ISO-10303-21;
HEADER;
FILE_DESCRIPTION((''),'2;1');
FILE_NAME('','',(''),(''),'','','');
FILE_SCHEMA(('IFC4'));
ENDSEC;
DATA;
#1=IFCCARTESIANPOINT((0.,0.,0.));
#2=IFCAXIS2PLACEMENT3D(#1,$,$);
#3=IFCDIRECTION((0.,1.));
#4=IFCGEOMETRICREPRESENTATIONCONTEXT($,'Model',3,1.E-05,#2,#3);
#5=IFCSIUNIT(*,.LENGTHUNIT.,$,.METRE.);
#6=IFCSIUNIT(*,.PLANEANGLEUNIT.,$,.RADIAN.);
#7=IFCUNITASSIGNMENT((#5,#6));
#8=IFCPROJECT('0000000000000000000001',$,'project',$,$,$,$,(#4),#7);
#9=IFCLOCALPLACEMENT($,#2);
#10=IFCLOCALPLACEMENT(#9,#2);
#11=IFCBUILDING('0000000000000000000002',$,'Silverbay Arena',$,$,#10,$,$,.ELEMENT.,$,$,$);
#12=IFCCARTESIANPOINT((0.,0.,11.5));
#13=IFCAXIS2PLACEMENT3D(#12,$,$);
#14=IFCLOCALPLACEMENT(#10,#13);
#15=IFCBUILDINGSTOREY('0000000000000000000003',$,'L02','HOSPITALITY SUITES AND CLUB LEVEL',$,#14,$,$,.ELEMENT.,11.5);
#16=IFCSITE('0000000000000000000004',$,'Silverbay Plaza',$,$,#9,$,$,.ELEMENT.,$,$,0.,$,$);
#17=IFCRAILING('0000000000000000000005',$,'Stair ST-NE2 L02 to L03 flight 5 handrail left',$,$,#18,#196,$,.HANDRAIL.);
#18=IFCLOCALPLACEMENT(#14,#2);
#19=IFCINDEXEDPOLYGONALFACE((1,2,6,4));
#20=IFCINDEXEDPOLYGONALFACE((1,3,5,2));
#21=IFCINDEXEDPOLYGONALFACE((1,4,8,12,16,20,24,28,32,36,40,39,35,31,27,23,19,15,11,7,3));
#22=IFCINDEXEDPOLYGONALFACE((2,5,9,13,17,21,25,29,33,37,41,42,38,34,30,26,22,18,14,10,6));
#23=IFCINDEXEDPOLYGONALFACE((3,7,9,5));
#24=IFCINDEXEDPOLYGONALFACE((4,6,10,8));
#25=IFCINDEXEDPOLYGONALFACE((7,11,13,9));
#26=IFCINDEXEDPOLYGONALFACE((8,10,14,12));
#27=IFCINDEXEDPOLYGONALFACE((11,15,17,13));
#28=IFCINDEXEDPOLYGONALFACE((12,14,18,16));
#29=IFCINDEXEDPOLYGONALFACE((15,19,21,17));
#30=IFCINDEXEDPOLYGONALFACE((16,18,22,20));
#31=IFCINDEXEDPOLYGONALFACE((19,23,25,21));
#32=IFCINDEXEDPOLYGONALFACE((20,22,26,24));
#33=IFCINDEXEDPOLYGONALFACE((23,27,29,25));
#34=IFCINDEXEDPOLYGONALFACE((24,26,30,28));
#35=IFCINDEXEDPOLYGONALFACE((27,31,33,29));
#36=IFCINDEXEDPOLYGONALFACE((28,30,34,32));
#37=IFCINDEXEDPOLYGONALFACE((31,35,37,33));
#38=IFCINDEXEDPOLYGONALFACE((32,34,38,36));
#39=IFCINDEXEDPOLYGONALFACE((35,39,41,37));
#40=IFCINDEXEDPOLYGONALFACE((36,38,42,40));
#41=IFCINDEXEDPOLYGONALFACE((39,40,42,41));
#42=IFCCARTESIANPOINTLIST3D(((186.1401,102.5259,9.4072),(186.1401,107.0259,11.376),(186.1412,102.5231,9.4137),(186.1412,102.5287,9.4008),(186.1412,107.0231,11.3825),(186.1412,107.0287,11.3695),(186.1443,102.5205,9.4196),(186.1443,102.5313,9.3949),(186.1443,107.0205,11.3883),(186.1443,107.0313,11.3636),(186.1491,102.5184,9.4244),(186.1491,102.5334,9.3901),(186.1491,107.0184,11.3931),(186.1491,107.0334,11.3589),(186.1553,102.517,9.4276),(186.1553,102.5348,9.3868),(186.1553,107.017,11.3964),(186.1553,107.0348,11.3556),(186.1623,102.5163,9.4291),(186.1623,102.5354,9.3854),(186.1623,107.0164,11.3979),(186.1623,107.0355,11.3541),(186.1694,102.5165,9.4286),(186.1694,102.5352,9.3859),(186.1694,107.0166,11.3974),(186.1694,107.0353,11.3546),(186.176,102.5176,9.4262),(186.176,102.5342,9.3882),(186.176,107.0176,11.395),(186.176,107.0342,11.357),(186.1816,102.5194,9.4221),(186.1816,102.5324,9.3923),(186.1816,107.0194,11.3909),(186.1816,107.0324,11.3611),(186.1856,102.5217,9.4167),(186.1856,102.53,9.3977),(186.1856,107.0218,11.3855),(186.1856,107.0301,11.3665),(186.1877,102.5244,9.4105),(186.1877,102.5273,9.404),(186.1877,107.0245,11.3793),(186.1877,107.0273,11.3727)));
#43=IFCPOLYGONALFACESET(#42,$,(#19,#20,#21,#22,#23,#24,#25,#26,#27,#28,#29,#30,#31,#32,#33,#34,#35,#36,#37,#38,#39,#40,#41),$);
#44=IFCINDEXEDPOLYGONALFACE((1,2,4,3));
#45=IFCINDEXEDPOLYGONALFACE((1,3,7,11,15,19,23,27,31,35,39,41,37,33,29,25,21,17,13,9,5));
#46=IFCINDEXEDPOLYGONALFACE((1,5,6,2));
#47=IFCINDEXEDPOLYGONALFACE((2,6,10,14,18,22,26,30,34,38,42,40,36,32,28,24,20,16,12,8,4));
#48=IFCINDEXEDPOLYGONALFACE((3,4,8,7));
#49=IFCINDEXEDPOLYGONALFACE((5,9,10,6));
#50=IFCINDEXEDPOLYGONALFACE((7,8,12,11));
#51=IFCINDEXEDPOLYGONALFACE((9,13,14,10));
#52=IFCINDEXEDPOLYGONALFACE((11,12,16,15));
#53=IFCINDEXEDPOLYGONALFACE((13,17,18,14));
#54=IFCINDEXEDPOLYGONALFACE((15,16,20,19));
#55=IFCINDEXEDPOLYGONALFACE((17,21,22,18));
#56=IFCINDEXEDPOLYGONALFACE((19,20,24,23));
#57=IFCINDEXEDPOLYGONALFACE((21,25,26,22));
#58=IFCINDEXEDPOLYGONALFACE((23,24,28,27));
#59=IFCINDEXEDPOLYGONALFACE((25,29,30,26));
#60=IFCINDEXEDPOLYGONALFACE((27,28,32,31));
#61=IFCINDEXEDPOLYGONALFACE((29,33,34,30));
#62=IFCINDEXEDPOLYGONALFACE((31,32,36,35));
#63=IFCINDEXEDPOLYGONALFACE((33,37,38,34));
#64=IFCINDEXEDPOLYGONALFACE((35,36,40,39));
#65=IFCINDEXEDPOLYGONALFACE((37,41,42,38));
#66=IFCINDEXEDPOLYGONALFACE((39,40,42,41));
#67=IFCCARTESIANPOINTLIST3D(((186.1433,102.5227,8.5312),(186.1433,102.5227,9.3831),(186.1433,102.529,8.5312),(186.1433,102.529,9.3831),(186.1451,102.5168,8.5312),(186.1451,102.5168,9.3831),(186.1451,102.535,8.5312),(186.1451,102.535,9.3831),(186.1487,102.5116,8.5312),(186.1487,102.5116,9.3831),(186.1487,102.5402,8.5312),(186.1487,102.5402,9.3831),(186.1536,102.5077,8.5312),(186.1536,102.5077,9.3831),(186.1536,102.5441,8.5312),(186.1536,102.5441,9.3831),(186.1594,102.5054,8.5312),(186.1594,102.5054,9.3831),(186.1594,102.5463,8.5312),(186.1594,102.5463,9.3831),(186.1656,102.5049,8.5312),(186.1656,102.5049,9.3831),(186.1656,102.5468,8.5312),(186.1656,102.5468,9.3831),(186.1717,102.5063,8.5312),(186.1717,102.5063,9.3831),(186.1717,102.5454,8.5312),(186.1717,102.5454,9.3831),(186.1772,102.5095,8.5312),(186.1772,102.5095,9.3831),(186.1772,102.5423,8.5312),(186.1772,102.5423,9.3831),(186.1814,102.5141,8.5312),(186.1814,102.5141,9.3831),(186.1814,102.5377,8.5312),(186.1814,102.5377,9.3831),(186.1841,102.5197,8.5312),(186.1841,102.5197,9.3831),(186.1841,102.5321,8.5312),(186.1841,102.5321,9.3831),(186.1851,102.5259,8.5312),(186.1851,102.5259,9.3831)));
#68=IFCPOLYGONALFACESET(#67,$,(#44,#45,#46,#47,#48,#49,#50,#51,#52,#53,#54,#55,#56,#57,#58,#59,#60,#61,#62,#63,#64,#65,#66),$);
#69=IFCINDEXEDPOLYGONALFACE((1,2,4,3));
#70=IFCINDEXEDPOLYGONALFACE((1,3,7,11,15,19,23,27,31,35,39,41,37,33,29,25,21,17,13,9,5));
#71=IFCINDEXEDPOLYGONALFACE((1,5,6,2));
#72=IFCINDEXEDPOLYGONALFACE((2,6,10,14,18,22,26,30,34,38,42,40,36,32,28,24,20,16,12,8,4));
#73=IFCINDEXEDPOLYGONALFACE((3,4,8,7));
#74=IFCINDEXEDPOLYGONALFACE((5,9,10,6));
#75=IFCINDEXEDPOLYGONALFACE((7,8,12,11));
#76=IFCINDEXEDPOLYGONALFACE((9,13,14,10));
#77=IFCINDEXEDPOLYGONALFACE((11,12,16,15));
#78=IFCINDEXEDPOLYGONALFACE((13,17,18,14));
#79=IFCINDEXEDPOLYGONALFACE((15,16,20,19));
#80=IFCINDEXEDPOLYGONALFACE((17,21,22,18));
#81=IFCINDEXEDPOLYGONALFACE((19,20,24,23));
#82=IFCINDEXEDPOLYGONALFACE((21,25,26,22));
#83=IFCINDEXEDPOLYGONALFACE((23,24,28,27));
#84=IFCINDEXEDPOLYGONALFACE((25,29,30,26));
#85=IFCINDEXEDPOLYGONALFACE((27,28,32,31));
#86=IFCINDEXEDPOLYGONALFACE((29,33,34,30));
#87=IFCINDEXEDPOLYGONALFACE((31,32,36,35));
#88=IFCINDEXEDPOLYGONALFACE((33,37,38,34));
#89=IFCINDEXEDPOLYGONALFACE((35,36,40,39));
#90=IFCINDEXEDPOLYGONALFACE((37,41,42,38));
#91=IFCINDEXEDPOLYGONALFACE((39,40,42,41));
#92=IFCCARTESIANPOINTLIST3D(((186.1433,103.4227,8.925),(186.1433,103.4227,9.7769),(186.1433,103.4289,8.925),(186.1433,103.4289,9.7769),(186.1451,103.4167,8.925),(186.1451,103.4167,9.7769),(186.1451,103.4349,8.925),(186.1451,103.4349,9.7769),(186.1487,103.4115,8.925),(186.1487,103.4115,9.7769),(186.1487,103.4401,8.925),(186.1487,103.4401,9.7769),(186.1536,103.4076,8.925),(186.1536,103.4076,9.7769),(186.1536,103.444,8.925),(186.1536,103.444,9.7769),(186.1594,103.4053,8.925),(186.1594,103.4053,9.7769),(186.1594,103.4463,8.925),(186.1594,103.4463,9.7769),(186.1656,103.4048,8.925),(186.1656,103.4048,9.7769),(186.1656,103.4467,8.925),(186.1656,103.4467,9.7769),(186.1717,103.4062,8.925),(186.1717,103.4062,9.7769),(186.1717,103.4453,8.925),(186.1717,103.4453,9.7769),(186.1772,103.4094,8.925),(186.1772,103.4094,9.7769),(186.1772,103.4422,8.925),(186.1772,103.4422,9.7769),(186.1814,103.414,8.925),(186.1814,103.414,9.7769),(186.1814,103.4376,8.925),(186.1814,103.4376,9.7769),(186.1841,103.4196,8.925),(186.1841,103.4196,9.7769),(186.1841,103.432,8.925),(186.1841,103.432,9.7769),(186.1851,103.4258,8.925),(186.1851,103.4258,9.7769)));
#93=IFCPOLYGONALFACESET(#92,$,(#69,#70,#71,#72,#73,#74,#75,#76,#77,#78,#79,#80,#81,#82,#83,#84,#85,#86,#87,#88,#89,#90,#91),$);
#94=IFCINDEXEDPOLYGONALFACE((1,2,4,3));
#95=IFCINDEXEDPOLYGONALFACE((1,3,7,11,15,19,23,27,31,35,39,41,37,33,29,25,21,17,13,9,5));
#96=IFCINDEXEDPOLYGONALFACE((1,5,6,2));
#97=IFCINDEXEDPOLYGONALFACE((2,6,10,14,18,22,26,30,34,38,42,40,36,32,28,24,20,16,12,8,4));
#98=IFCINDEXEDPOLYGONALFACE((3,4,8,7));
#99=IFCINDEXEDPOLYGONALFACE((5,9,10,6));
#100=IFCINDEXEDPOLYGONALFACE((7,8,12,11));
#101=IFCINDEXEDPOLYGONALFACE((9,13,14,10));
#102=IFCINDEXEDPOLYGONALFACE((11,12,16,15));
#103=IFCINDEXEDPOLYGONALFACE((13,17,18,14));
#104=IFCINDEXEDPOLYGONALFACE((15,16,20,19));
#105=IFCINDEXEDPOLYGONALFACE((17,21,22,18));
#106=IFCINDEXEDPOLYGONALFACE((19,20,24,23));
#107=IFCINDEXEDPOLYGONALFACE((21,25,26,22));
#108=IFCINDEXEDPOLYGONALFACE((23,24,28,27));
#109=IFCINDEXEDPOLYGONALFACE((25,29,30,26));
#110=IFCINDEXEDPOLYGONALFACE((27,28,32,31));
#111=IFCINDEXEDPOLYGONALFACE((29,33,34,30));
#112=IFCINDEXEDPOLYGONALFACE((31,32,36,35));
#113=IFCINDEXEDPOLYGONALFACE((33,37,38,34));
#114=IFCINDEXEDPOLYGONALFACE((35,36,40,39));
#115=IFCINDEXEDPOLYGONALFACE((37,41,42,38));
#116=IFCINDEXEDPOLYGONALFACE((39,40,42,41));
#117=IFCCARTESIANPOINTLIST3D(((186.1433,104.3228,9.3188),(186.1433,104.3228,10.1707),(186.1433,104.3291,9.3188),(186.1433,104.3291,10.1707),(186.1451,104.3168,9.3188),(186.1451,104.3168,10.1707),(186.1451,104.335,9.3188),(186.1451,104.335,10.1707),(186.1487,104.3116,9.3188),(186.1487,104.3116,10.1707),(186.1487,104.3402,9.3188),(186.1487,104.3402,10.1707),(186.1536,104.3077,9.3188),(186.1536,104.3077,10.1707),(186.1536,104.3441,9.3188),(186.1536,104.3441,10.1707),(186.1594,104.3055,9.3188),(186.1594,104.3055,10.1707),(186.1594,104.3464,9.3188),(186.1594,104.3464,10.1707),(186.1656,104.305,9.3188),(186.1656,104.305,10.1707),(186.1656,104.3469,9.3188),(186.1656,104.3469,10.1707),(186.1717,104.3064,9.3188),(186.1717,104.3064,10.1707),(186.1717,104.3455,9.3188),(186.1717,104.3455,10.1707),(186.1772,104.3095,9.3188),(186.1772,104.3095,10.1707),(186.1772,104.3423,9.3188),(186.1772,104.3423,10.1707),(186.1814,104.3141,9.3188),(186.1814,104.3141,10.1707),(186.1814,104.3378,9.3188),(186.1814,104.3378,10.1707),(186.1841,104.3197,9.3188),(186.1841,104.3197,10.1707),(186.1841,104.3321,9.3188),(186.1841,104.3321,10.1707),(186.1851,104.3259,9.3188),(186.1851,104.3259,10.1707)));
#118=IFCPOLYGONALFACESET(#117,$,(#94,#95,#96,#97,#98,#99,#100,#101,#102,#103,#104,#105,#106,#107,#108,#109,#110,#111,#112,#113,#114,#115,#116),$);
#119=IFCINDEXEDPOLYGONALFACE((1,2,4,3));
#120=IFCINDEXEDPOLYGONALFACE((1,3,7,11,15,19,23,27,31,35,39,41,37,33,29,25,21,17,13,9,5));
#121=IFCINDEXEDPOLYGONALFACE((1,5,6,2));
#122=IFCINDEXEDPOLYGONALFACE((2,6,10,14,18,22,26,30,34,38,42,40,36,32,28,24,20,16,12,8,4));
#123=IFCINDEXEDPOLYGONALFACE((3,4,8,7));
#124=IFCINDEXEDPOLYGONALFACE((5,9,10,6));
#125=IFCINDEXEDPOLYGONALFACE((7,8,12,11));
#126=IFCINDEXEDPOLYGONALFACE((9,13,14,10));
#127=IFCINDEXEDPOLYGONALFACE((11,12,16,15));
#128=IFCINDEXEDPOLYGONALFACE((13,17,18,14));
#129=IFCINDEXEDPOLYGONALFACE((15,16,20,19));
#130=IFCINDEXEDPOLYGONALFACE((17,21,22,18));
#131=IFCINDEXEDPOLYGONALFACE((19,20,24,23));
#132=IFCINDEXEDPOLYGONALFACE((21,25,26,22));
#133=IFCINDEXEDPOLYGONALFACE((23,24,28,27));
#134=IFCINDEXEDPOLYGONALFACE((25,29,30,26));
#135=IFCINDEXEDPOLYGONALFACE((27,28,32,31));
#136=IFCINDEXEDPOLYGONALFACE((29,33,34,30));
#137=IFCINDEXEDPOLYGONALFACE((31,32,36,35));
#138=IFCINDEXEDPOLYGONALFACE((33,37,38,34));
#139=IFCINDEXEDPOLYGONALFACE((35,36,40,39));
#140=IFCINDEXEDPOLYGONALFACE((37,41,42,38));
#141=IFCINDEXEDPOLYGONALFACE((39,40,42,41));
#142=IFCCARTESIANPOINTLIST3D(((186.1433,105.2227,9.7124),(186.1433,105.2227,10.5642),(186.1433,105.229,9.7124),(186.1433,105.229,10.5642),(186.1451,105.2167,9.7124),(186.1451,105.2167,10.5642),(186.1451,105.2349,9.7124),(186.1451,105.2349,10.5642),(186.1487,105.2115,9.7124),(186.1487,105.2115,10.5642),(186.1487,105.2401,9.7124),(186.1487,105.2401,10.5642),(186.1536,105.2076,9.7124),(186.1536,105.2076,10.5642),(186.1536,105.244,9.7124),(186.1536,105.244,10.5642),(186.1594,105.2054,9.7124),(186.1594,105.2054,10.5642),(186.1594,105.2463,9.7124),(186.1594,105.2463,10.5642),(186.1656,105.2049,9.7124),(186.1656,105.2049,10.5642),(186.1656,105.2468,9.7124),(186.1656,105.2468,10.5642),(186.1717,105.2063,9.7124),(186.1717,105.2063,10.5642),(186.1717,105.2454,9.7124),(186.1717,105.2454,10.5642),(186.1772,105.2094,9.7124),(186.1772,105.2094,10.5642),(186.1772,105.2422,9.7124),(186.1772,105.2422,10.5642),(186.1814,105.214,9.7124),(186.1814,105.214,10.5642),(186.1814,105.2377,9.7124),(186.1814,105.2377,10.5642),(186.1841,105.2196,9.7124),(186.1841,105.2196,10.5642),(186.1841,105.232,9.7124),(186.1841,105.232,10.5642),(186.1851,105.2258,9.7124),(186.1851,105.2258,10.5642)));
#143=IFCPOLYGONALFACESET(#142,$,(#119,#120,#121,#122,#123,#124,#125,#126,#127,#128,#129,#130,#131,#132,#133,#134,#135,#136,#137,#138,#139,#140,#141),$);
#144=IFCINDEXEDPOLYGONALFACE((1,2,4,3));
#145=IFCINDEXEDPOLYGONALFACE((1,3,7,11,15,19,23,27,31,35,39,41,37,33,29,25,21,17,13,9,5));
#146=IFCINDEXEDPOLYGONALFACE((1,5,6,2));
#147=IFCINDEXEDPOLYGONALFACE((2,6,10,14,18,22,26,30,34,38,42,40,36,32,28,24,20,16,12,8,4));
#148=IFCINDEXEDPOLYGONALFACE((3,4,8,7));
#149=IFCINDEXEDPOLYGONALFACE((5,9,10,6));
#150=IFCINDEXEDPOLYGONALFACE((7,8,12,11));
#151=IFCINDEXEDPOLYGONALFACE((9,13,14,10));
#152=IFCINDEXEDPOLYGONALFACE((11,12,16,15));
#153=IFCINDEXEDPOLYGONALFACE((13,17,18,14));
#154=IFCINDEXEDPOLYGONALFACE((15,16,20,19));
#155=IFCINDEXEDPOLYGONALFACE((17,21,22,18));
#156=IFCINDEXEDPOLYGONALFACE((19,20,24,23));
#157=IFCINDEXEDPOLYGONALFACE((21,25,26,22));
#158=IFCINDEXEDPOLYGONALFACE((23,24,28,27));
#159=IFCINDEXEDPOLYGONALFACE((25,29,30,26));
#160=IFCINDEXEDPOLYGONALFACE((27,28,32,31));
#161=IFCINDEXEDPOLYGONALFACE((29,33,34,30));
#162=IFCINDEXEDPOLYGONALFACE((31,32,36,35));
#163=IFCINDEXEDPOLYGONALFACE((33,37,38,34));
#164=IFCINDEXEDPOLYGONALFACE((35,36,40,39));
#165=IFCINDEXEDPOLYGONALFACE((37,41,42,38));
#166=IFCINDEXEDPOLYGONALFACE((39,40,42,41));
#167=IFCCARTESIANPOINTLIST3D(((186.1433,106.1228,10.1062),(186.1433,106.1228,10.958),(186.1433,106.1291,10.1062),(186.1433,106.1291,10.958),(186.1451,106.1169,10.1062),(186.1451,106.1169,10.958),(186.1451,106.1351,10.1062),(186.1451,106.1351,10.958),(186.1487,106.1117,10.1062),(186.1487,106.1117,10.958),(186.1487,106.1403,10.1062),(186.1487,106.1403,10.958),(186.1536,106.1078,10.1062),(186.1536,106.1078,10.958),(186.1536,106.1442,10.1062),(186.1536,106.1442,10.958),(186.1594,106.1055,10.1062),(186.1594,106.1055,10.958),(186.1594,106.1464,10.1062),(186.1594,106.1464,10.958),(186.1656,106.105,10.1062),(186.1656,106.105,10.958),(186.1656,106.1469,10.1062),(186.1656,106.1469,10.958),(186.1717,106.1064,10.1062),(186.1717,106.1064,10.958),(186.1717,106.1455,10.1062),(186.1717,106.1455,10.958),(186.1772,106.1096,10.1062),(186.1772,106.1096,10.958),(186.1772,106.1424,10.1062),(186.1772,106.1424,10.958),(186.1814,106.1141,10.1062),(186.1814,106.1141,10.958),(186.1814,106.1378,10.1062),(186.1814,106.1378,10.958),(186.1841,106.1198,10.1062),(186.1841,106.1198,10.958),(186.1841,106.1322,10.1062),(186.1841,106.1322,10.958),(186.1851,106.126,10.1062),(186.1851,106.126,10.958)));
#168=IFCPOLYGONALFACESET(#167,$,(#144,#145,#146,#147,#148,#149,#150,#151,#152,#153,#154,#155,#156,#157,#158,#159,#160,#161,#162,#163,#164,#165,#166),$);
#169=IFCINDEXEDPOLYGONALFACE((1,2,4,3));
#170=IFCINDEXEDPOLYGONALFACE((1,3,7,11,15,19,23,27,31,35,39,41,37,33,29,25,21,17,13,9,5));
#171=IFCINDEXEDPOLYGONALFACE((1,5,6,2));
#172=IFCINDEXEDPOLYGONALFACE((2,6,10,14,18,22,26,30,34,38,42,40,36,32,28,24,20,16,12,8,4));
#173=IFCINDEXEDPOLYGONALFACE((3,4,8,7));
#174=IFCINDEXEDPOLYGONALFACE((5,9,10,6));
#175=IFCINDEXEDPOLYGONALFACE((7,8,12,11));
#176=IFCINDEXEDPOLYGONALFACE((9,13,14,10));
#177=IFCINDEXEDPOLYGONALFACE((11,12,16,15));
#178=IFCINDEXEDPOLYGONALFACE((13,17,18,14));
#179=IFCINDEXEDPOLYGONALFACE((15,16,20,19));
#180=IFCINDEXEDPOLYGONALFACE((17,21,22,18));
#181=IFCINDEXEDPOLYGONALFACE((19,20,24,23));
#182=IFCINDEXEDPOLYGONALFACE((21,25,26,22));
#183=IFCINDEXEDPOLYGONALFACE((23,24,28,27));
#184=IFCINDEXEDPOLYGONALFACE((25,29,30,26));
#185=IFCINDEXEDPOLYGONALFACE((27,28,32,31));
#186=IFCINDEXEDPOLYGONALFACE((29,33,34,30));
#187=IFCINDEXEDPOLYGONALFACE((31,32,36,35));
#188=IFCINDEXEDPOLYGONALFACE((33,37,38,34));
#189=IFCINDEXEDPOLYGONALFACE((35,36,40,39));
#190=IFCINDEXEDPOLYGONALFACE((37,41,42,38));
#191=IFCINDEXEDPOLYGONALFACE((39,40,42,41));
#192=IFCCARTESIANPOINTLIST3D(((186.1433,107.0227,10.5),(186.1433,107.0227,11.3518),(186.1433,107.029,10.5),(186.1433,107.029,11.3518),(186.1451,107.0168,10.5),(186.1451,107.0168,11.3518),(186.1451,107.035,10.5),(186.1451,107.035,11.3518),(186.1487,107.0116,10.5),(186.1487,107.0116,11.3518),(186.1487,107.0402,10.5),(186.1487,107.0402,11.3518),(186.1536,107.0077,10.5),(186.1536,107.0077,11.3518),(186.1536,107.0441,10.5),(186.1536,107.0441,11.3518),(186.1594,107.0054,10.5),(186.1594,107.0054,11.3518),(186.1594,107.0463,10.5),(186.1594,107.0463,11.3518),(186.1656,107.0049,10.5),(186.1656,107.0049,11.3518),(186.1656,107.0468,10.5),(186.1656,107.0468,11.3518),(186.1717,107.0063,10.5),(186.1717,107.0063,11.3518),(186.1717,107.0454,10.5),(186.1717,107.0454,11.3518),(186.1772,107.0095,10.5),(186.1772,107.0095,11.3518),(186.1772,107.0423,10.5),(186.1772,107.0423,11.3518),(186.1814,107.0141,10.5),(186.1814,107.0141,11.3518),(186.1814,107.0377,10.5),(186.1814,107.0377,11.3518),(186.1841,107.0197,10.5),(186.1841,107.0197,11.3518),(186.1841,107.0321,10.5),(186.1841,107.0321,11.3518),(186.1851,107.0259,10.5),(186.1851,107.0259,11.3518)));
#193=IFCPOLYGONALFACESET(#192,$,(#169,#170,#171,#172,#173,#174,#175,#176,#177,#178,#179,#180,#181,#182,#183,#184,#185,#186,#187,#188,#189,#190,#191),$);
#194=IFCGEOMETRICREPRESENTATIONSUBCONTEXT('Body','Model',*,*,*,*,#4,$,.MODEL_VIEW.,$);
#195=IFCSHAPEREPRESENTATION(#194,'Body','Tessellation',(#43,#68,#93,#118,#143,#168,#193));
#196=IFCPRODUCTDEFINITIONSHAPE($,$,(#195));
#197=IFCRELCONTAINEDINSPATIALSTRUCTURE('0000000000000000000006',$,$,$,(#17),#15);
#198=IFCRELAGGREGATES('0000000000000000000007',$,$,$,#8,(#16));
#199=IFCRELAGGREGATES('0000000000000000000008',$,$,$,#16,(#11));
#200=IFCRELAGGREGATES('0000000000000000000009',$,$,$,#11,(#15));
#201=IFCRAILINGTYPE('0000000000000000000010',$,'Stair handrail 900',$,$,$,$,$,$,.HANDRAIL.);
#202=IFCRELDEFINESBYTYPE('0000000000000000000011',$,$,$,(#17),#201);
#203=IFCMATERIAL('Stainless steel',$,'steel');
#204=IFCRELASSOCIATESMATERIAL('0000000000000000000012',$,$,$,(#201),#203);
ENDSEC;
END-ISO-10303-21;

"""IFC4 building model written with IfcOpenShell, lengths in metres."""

from ifc_helpers import new_model, si_unit, direction, frame, origin, origin_2d, place, context, subcontext, project, spatial, circle, extrude, material, type_object, element, save


model = new_model("IFC4")

# Units and contexts
model_context = context("Model", 3, precision=1e-05, world=origin(), true_north=direction((0.0, 1.0)))
body_context = subcontext(model_context, "Body", "Model", "MODEL_VIEW")
ifc_project = project(units=[si_unit("LENGTHUNIT", "METRE"), si_unit("PLANEANGLEUNIT", "RADIAN")], contexts=[model_context])

# Site, building, storey
site_placement = place(None, origin())
site = spatial("IfcSite", under=ifc_project, at=site_placement, Name="Silverbay Plaza", CompositionType="ELEMENT", RefElevation=0.0)
building_placement = place(site_placement, origin())
building = spatial("IfcBuilding", under=site, at=building_placement, Name="Silverbay Arena", CompositionType="ELEMENT")
storey_placement = place(building_placement, frame((0.0, 0.0, 11.5)))
storey = spatial("IfcBuildingStorey", under=building, at=storey_placement, Name="L02", Description="HOSPITALITY SUITES AND CLUB LEVEL", CompositionType="ELEMENT", Elevation=11.5)

# Railing
ifc_material_1 = material(Name="Stainless steel", Category="steel")
railing_type_1 = type_object("IfcRailingType", Name="Stair handrail 900", PredefinedType="HANDRAIL", material=ifc_material_1)
for number, where, name in (
    (1, (186.1641, 102.5259, 8.5312), "Stair ST-NE2 L02 to L03 flight 5 handrail left"),
):
    element("IfcRailing", number, at=place(storey_placement, frame(where)), inside=storey, type_object=railing_type_1, Name=name, PredefinedType="HANDRAIL", context=body_context, shape_type="SweptSolid", body=[
        extrude(circle(Radius=0.0239, at=origin_2d()), frame((0.0, 0.0, 0.876), z_axis=(0.0, 0.916157, 0.400819), x_axis=(-1.0, 0.0, 0.0)), (0.0, 0.0, 1.0), 4.9119),
        extrude(circle(Radius=0.021, at=origin_2d()), origin(), (0.0, 0.0, 1.0), 0.8518),
        extrude(circle(Radius=0.021, at=origin_2d()), frame((0.0, 0.8999, 0.3938)), (0.0, 0.0, 1.0), 0.8518),
        extrude(circle(Radius=0.021, at=origin_2d()), frame((0.0, 1.8, 0.7876)), (0.0, 0.0, 1.0), 0.8518),
        extrude(circle(Radius=0.021, at=origin_2d()), frame((0.0, 2.7, 1.1812)), (0.0, 0.0, 1.0), 0.8518),
        extrude(circle(Radius=0.021, at=origin_2d()), frame((0.0, 3.6001, 1.575)), (0.0, 0.0, 1.0), 0.8518),
        extrude(circle(Radius=0.021, at=origin_2d()), frame((0.0, 4.5, 1.9688)), (0.0, 0.0, 1.0), 0.8518),
    ])

save(model, "model.ifc")
